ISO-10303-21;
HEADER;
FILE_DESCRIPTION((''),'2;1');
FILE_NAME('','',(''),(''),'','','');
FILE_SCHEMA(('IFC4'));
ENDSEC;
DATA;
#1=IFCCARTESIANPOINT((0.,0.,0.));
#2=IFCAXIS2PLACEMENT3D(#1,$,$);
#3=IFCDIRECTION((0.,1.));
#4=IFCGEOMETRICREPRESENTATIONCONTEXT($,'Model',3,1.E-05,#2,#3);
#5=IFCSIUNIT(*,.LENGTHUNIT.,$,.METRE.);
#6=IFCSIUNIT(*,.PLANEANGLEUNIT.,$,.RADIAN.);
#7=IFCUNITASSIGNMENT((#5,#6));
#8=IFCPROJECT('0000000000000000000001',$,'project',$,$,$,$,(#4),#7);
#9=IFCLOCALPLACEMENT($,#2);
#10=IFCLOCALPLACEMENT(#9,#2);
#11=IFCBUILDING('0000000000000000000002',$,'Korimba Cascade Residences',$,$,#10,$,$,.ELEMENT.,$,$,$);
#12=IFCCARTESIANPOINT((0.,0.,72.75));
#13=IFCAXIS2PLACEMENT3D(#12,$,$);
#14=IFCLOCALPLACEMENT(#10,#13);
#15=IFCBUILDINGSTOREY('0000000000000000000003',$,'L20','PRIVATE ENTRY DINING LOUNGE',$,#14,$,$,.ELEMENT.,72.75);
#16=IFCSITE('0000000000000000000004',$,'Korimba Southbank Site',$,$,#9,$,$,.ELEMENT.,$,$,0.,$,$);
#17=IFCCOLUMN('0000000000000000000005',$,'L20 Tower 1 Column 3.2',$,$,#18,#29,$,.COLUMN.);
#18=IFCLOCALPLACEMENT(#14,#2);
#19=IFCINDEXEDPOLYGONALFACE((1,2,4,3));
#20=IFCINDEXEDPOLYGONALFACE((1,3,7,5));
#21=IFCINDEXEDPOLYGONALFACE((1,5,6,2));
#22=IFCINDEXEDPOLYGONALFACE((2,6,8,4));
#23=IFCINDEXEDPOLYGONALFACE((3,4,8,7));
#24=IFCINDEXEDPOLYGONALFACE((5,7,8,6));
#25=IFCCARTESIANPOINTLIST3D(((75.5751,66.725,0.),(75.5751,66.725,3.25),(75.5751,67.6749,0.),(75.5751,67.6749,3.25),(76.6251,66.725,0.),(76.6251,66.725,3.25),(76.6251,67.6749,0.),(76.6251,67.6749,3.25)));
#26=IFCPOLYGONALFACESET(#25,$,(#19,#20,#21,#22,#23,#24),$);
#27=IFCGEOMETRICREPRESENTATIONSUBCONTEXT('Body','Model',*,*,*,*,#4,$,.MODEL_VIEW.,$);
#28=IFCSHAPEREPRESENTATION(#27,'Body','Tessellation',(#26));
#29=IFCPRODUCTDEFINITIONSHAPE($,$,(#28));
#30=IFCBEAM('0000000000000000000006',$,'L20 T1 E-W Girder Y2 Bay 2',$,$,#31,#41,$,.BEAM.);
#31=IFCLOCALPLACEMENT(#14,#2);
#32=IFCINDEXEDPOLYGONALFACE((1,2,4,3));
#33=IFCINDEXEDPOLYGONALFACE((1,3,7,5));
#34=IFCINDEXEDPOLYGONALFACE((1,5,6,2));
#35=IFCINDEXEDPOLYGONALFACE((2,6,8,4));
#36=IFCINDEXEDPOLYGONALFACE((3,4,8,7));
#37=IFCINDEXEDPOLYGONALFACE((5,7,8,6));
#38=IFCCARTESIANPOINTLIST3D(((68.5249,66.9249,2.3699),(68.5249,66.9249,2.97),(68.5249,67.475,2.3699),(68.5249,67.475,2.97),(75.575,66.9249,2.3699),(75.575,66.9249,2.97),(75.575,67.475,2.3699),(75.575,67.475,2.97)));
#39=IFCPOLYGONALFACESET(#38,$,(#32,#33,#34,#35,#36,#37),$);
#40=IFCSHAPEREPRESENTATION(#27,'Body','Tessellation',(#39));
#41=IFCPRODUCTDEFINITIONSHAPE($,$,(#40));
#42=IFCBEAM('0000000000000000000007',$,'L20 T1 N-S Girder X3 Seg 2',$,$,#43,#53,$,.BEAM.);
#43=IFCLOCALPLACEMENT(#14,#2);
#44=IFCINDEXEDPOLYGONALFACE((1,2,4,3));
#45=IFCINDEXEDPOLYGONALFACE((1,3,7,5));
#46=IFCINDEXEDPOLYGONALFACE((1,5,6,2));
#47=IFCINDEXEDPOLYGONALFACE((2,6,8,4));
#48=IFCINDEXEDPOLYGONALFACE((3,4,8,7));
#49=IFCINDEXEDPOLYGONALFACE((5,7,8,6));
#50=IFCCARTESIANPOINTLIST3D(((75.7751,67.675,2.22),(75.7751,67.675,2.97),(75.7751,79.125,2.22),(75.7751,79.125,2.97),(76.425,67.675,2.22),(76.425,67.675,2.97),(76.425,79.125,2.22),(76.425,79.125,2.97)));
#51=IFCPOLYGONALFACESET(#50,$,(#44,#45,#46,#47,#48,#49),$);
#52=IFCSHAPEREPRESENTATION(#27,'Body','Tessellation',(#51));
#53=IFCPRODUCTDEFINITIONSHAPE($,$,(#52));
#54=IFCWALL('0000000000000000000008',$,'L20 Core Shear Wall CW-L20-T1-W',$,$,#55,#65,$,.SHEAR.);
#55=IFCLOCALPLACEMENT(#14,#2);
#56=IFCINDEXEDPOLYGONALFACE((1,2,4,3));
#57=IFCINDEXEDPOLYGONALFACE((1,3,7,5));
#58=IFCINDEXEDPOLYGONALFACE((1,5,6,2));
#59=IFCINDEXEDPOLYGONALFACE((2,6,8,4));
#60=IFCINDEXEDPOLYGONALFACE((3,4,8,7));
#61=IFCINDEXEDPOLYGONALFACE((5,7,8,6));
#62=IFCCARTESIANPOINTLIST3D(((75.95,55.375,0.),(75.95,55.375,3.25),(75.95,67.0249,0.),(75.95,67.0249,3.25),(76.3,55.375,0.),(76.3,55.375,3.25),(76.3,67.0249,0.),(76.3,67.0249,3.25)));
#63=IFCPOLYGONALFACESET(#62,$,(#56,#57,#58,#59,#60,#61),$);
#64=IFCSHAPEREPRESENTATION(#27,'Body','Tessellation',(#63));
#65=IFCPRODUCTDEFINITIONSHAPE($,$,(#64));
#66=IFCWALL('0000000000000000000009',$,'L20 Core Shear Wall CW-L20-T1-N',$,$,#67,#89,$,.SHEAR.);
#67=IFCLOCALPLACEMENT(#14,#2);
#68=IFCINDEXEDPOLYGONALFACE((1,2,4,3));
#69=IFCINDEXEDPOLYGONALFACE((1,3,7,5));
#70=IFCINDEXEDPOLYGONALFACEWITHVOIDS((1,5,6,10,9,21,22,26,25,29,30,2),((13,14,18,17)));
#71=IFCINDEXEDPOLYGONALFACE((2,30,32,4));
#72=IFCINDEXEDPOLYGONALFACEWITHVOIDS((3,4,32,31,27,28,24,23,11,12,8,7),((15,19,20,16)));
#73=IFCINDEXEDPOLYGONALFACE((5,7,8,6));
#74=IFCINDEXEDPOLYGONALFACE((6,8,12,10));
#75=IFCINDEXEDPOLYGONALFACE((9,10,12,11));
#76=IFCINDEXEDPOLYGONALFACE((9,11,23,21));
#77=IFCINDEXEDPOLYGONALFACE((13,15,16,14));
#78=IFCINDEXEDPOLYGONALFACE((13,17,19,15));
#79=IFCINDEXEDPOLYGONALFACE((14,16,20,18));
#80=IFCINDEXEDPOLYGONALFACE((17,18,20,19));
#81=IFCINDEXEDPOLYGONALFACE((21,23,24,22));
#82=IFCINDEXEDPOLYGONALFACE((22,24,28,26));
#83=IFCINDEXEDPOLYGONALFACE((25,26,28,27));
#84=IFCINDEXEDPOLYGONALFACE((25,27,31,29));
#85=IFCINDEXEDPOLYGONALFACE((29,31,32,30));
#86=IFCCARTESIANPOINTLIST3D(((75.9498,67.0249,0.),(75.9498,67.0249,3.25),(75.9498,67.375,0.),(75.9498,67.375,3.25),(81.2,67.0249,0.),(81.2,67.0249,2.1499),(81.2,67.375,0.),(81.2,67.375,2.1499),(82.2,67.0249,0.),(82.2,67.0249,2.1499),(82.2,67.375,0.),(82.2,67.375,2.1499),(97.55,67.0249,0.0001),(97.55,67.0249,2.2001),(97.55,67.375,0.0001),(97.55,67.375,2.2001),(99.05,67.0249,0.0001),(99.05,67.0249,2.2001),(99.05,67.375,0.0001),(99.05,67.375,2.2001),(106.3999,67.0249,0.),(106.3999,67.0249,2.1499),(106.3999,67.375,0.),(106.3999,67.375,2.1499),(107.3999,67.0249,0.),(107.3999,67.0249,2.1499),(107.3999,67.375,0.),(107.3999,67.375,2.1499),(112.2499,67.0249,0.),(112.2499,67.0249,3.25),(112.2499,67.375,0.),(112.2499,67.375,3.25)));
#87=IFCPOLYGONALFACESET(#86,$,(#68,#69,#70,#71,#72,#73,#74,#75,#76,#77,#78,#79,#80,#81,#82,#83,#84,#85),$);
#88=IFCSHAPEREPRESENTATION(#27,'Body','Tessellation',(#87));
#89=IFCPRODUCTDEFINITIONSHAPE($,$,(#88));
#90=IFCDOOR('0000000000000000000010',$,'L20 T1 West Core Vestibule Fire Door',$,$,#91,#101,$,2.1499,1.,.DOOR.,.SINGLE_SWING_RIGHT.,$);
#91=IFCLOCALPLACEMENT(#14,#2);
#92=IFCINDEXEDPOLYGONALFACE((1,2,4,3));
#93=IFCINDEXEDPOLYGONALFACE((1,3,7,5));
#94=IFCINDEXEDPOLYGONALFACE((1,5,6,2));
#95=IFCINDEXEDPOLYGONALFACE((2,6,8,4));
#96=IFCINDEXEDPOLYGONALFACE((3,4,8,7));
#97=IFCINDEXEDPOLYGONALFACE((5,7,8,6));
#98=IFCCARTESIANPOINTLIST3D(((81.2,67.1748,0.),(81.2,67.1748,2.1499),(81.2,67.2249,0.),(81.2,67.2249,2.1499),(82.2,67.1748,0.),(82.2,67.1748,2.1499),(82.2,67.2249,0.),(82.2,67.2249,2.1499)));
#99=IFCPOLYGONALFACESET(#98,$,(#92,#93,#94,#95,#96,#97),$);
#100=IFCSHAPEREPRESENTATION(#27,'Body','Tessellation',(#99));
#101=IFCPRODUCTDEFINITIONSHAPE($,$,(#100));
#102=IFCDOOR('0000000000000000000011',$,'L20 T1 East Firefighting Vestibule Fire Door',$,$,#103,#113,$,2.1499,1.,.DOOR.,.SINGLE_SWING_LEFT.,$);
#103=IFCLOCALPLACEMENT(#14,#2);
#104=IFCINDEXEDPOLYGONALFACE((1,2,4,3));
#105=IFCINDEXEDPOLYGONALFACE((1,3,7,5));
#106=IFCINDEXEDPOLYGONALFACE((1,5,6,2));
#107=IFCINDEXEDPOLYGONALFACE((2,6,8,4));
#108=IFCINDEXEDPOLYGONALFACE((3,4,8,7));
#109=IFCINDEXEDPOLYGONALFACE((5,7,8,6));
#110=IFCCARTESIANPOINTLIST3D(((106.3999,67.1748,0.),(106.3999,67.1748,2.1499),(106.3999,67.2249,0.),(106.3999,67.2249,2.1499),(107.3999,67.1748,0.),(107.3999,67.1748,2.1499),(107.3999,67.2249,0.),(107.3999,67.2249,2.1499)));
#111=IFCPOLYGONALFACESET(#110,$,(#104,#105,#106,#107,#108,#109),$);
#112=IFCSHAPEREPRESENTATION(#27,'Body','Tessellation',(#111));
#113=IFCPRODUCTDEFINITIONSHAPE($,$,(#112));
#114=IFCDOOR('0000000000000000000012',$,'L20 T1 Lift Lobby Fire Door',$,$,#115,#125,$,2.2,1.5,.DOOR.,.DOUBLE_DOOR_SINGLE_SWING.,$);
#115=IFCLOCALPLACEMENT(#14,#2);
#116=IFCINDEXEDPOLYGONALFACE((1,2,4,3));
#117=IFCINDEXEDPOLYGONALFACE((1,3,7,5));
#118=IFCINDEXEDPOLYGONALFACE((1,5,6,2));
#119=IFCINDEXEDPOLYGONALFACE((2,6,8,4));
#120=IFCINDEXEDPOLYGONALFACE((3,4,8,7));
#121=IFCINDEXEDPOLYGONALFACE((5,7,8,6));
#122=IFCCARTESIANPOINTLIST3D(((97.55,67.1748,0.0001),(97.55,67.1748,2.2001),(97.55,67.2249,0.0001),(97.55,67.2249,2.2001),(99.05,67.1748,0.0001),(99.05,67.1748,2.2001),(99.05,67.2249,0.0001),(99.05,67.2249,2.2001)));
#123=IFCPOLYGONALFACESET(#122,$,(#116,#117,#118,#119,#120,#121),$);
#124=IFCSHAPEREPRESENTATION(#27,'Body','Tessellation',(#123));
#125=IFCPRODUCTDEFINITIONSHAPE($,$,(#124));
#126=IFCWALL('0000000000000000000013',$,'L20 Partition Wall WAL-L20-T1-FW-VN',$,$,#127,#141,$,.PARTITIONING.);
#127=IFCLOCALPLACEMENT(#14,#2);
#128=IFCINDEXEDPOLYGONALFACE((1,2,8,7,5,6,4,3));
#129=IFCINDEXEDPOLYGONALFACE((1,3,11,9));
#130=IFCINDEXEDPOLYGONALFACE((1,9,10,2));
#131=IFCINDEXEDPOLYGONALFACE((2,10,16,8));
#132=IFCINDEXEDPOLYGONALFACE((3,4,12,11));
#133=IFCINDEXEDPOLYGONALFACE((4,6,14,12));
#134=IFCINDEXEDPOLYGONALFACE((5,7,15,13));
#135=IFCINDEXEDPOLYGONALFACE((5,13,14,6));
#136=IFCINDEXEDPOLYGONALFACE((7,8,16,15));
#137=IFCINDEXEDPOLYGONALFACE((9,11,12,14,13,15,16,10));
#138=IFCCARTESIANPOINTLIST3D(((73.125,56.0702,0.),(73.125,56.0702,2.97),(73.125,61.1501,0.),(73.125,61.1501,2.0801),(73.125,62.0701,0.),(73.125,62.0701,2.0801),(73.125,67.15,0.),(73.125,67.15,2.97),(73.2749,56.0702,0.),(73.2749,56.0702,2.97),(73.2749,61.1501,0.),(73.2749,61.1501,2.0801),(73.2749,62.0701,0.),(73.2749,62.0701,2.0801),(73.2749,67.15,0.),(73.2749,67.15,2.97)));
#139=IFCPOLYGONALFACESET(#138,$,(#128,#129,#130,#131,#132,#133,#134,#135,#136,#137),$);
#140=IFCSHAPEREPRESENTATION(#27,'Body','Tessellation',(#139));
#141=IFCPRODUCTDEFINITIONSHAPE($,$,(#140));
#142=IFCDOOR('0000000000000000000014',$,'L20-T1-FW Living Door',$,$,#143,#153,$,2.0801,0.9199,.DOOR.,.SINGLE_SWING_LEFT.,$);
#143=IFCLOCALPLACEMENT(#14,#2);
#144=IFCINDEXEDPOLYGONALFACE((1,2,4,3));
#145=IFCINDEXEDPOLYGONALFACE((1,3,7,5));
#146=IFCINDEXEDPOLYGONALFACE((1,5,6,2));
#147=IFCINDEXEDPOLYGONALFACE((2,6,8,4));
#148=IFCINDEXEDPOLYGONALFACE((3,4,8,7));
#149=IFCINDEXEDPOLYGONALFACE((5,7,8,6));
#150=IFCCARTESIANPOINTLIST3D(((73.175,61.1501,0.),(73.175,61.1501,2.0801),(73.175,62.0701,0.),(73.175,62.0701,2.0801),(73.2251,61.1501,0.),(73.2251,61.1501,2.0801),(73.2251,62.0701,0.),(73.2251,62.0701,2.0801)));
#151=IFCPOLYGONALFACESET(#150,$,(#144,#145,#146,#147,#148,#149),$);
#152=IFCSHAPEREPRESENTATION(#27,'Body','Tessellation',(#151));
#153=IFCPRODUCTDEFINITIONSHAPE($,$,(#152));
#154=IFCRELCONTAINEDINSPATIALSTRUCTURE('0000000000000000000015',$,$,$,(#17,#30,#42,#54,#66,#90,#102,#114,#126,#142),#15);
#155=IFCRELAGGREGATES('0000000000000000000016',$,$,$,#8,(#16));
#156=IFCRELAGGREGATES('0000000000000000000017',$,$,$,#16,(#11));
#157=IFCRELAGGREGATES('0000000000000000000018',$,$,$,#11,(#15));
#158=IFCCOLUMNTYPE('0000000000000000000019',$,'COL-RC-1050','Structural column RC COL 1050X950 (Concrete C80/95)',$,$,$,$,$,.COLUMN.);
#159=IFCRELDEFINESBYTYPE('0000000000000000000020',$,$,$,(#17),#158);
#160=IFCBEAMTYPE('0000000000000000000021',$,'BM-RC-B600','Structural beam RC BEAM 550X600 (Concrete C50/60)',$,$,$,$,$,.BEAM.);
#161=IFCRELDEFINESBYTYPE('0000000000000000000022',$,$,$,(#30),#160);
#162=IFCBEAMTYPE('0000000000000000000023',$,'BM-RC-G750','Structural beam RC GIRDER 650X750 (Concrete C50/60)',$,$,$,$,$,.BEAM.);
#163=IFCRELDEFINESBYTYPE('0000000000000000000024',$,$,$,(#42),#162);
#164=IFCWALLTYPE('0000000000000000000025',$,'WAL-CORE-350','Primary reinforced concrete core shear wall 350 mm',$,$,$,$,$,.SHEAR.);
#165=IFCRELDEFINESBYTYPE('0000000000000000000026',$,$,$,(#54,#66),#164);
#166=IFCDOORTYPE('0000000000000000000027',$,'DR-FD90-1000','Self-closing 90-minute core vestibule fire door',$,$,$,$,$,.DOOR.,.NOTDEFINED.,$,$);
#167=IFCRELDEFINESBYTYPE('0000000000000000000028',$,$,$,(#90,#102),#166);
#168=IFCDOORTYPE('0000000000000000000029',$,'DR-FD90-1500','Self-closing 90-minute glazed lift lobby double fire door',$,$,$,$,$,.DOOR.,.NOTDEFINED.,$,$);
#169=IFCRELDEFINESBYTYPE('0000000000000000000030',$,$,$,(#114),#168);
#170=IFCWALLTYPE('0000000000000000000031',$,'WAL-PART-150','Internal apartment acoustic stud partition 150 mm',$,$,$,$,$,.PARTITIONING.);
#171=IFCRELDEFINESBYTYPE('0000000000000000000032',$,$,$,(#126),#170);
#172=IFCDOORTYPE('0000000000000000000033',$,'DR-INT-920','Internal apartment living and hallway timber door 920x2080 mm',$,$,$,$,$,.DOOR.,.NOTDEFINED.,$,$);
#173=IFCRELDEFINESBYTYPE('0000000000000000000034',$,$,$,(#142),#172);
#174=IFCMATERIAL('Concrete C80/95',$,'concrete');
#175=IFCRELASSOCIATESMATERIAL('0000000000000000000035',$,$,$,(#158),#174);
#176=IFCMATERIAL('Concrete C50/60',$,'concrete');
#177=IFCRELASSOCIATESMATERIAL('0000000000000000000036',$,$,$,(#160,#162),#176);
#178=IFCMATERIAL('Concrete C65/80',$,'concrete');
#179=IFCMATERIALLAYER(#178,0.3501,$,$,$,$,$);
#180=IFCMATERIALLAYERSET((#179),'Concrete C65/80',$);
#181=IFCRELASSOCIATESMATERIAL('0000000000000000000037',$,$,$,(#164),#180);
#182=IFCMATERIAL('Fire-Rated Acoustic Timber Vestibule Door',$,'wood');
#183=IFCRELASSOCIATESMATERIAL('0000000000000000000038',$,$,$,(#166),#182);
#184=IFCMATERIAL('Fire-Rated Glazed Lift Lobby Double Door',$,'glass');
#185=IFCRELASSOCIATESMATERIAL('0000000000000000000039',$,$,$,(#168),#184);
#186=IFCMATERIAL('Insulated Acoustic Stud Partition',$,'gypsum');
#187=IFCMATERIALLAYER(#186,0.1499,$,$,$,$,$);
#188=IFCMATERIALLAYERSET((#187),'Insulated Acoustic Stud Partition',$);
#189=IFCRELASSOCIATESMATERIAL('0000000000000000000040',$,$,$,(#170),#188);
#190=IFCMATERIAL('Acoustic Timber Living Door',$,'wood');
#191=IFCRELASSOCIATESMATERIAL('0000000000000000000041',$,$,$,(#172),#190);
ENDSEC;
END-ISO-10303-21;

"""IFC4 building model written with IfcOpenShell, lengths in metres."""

from ifc_helpers import new_model, si_unit, direction, frame, frame_2d, origin, origin_2d, place, context, subcontext, project, spatial, rectangle, extrude, material, layer, layer_set, material_profile, profile_set, type_object, element, fill, save


model = new_model("IFC4")

# Units and contexts
model_context = context("Model", 3, precision=1e-05, world=origin(), true_north=direction((0.0, 1.0)))
body_context = subcontext(model_context, "Body", "Model", "MODEL_VIEW")
ifc_project = project(units=[si_unit("LENGTHUNIT", "METRE"), si_unit("PLANEANGLEUNIT", "RADIAN")], contexts=[model_context])

# Site, building, storey
site_placement = place(None, origin())
site = spatial("IfcSite", under=ifc_project, at=site_placement, Name="Korimba Southbank Site", CompositionType="ELEMENT", RefElevation=0.0)
building_placement = place(site_placement, origin())
building = spatial("IfcBuilding", under=site, at=building_placement, Name="Korimba Cascade Residences", CompositionType="ELEMENT")
storey_placement = place(building_placement, frame((0.0, 0.0, 72.75)))
storey = spatial("IfcBuildingStorey", under=building, at=storey_placement, Name="L20", Description="PRIVATE ENTRY DINING LOUNGE", CompositionType="ELEMENT", Elevation=72.75)

# Column
ifc_material_1 = material(Name="Concrete C80/95", Category="concrete")
ifc_material_profile_1 = material_profile(ifc_material_1, rectangle(XDim=1.05, YDim=0.95, at=origin_2d()), Name="Concrete C80/95")
ifc_profile_set_1 = profile_set([ifc_material_profile_1], Name="Concrete C80/95")
column_type = type_object("IfcColumnType", Name="COL-RC-1050", Description="Structural column RC COL 1050X950 (Concrete C80/95)", PredefinedType="COLUMN", material=ifc_profile_set_1)
column_placement = place(storey_placement, frame((76.1001, 67.2, 0.0), z_axis=(0.0, 0.0, 1.0), x_axis=(1.0, 0.0, 0.0)))
element("IfcColumn", 1, at=column_placement, inside=storey, type_object=column_type, Name="L20 Tower 1 Column 3.2", PredefinedType="COLUMN", context=body_context, shape_type="SweptSolid", body=[
    extrude(rectangle(XDim=1.05, YDim=0.95, at=origin_2d()), origin(), (0.0, 0.0, 1.0), 3.25),
])

# Beams
ifc_material_2 = material(Name="Concrete C50/60", Category="concrete")
ifc_material_profile_2 = material_profile(ifc_material_2, rectangle(XDim=0.55, YDim=0.6001, at=origin_2d()), Name="Concrete C50/60")
ifc_profile_set_2 = profile_set([ifc_material_profile_2], Name="Concrete C50/60")
beam_type_1 = type_object("IfcBeamType", Name="BM-RC-B600", Description="Structural beam RC BEAM 550X600 (Concrete C50/60)", PredefinedType="BEAM", material=ifc_profile_set_2)
beam_1_placement = place(storey_placement, frame((68.5249, 67.2, 2.6699), z_axis=(1.0, 0.0, 0.0), x_axis=(0.0, 1.0, 0.0)))
element("IfcBeam", 2, at=beam_1_placement, inside=storey, type_object=beam_type_1, Name="L20 T1 E-W Girder Y2 Bay 2", PredefinedType="BEAM", context=body_context, shape_type="SweptSolid", body=[
    extrude(rectangle(XDim=0.55, YDim=0.6001, at=origin_2d()), origin(), (0.0, 0.0, 1.0), 7.05),
])
ifc_material_profile_3 = material_profile(ifc_material_2, rectangle(XDim=0.6499, YDim=0.75, at=origin_2d()), Name="Concrete C50/60")
ifc_profile_set_3 = profile_set([ifc_material_profile_3], Name="Concrete C50/60")
beam_type_2 = type_object("IfcBeamType", Name="BM-RC-G750", Description="Structural beam RC GIRDER 650X750 (Concrete C50/60)", PredefinedType="BEAM", material=ifc_profile_set_3)
beam_2_placement = place(storey_placement, frame((76.1001, 67.675, 2.595), z_axis=(0.0, 1.0, 0.0), x_axis=(-1.0, 0.0, 0.0)))
element("IfcBeam", 3, at=beam_2_placement, inside=storey, type_object=beam_type_2, Name="L20 T1 N-S Girder X3 Seg 2", PredefinedType="BEAM", context=body_context, shape_type="SweptSolid", body=[
    extrude(rectangle(XDim=0.6499, YDim=0.75, at=origin_2d()), origin(), (0.0, 0.0, 1.0), 11.45),
])

# Wall
ifc_material_3 = material(Name="Concrete C65/80", Category="concrete")
ifc_layer_1 = layer(ifc_material_3, 0.3501)
ifc_layer_set_1 = layer_set([ifc_layer_1], Name="Concrete C65/80")
wall_type_1 = type_object("IfcWallType", Name="WAL-CORE-350", Description="Primary reinforced concrete core shear wall 350 mm", PredefinedType="SHEAR", material=ifc_layer_set_1)
wall_1_placement = place(storey_placement, frame((76.125, 55.375, 0.0), z_axis=(0.0, 0.0, 1.0), x_axis=(0.0, 1.0, 0.0)))
element("IfcWall", 4, at=wall_1_placement, inside=storey, type_object=wall_type_1, Name="L20 Core Shear Wall CW-L20-T1-W", PredefinedType="SHEAR", context=body_context, shape_type="SweptSolid", body=[
    extrude(rectangle(XDim=11.6499, YDim=0.3501, at=frame_2d((5.825, 0.0))), origin(), (0.0, 0.0, 1.0), 3.25),
])

# Wall, openings, doors
wall_2_placement = place(storey_placement, frame((75.95, 67.2, 0.0), z_axis=(0.0, 0.0, 1.0), x_axis=(1.0, 0.0, 0.0)))
wall_2 = element("IfcWall", 5, at=wall_2_placement, inside=storey, type_object=wall_type_1, Name="L20 Core Shear Wall CW-L20-T1-N", PredefinedType="SHEAR", context=body_context, shape_type="SweptSolid", body=[
    extrude(rectangle(XDim=36.3, YDim=0.3501, at=frame_2d((18.1499, 0.0))), origin(), (0.0, 0.0, 1.0), 3.25),
])
opening_1_placement = place(wall_2_placement, frame((5.25, 0.0, 0.0)))
opening_1 = element("IfcOpeningElement", 6, at=opening_1_placement, cuts=wall_2, PredefinedType="OPENING", context=body_context, shape_type="SweptSolid", body=[
    extrude(rectangle(XDim=1.0, YDim=2.1499, at=frame_2d((0.5, 1.075))), frame((0.0, 0.1851, 0.0), z_axis=(0.0, -1.0, 0.0), x_axis=(1.0, 0.0, 0.0)), (0.0, 0.0, 1.0), 0.3701),
])
opening_2_placement = place(wall_2_placement, frame((21.6001, 0.0, 0.0)))
opening_2 = element("IfcOpeningElement", 7, at=opening_2_placement, cuts=wall_2, PredefinedType="OPENING", context=body_context, shape_type="SweptSolid", body=[
    extrude(rectangle(XDim=1.5, YDim=2.2, at=frame_2d((0.75, 1.1001))), frame((0.0, 0.1851, 0.0), z_axis=(0.0, -1.0, 0.0), x_axis=(1.0, 0.0, 0.0)), (0.0, 0.0, 1.0), 0.3701),
])
opening_3_placement = place(wall_2_placement, frame((30.45, 0.0, 0.0)))
opening_3 = element("IfcOpeningElement", 8, at=opening_3_placement, cuts=wall_2, PredefinedType="OPENING", context=body_context, shape_type="SweptSolid", body=[
    extrude(rectangle(XDim=1.0, YDim=2.1499, at=frame_2d((0.5, 1.075))), frame((0.0, 0.1851, 0.0), z_axis=(0.0, -1.0, 0.0), x_axis=(1.0, 0.0, 0.0)), (0.0, 0.0, 1.0), 0.3701),
])
ifc_material_4 = material(Name="Fire-Rated Acoustic Timber Vestibule Door", Category="wood")
door_type_1 = type_object("IfcDoorType", Name="DR-FD90-1000", Description="Self-closing 90-minute core vestibule fire door", OperationType="NOTDEFINED", PredefinedType="DOOR", material=ifc_material_4)
door_1_placement = place(opening_1_placement, origin())
door_1 = element("IfcDoor", 9, at=door_1_placement, inside=storey, type_object=door_type_1, Name="L20 T1 West Core Vestibule Fire Door", OperationType="SINGLE_SWING_RIGHT", OverallHeight=2.1499, OverallWidth=1.0, PredefinedType="DOOR", context=body_context, shape_type="SweptSolid", body=[
    extrude(rectangle(XDim=1.0, YDim=2.1499, at=frame_2d((0.5, 1.075))), frame((0.0, 0.0249, 0.0), z_axis=(0.0, -1.0, 0.0), x_axis=(1.0, 0.0, 0.0)), (0.0, 0.0, 1.0), 0.05),
])
fill(opening_1, door_1)
door_2_placement = place(opening_3_placement, origin())
door_2 = element("IfcDoor", 10, at=door_2_placement, inside=storey, type_object=door_type_1, Name="L20 T1 East Firefighting Vestibule Fire Door", OperationType="SINGLE_SWING_LEFT", OverallHeight=2.1499, OverallWidth=1.0, PredefinedType="DOOR", context=body_context, shape_type="SweptSolid", body=[
    extrude(rectangle(XDim=1.0, YDim=2.1499, at=frame_2d((0.5, 1.075))), frame((0.0, 0.0249, 0.0), z_axis=(0.0, -1.0, 0.0), x_axis=(1.0, 0.0, 0.0)), (0.0, 0.0, 1.0), 0.05),
])
fill(opening_3, door_2)
ifc_material_5 = material(Name="Fire-Rated Glazed Lift Lobby Double Door", Category="glass")
door_type_2 = type_object("IfcDoorType", Name="DR-FD90-1500", Description="Self-closing 90-minute glazed lift lobby double fire door", OperationType="NOTDEFINED", PredefinedType="DOOR", material=ifc_material_5)
door_3_placement = place(opening_2_placement, origin())
door_3 = element("IfcDoor", 11, at=door_3_placement, inside=storey, type_object=door_type_2, Name="L20 T1 Lift Lobby Fire Door", OperationType="DOUBLE_DOOR_SINGLE_SWING", OverallHeight=2.2, OverallWidth=1.5, PredefinedType="DOOR", context=body_context, shape_type="SweptSolid", body=[
    extrude(rectangle(XDim=1.5, YDim=2.2, at=frame_2d((0.75, 1.1001))), frame((0.0, 0.0249, 0.0), z_axis=(0.0, -1.0, 0.0), x_axis=(1.0, 0.0, 0.0)), (0.0, 0.0, 1.0), 0.05),
])
fill(opening_2, door_3)

# Wall, opening, door
ifc_material_6 = material(Name="Insulated Acoustic Stud Partition", Category="gypsum")
ifc_layer_2 = layer(ifc_material_6, 0.1499)
ifc_layer_set_2 = layer_set([ifc_layer_2], Name="Insulated Acoustic Stud Partition")
wall_type_2 = type_object("IfcWallType", Name="WAL-PART-150", Description="Internal apartment acoustic stud partition 150 mm", PredefinedType="PARTITIONING", material=ifc_layer_set_2)
wall_3_placement = place(storey_placement, frame((73.2, 56.0701, 0.0), z_axis=(0.0, 0.0, 1.0), x_axis=(0.0, 1.0, 0.0)))
wall_3 = element("IfcWall", 12, at=wall_3_placement, inside=storey, type_object=wall_type_2, Name="L20 Partition Wall WAL-L20-T1-FW-VN", PredefinedType="PARTITIONING", context=body_context, shape_type="SweptSolid", body=[
    extrude(rectangle(XDim=11.0798, YDim=0.1499, at=frame_2d((5.54, 0.0))), origin(), (0.0, 0.0, 1.0), 2.97),
])
opening_4_placement = place(wall_3_placement, frame((5.0801, 0.0, 0.0)))
opening_4 = element("IfcOpeningElement", 13, at=opening_4_placement, cuts=wall_3, PredefinedType="OPENING", context=body_context, shape_type="SweptSolid", body=[
    extrude(rectangle(XDim=0.9199, YDim=2.0801, at=frame_2d((0.46, 1.04))), frame((0.0, 0.085, 0.0), z_axis=(0.0, -1.0, 0.0), x_axis=(1.0, 0.0, 0.0)), (0.0, 0.0, 1.0), 0.1699),
])
ifc_material_7 = material(Name="Acoustic Timber Living Door", Category="wood")
door_type_3 = type_object("IfcDoorType", Name="DR-INT-920", Description="Internal apartment living and hallway timber door 920x2080 mm", OperationType="NOTDEFINED", PredefinedType="DOOR", material=ifc_material_7)
door_4_placement = place(opening_4_placement, origin())
door_4 = element("IfcDoor", 14, at=door_4_placement, inside=storey, type_object=door_type_3, Name="L20-T1-FW Living Door", OperationType="SINGLE_SWING_LEFT", OverallHeight=2.0801, OverallWidth=0.9199, PredefinedType="DOOR", context=body_context, shape_type="SweptSolid", body=[
    extrude(rectangle(XDim=0.9199, YDim=2.0801, at=frame_2d((0.46, 1.04))), frame((0.0, 0.0249, 0.0), z_axis=(0.0, -1.0, 0.0), x_axis=(1.0, 0.0, 0.0)), (0.0, 0.0, 1.0), 0.05),
])
fill(opening_4, door_4)

save(model, "model.ifc")
